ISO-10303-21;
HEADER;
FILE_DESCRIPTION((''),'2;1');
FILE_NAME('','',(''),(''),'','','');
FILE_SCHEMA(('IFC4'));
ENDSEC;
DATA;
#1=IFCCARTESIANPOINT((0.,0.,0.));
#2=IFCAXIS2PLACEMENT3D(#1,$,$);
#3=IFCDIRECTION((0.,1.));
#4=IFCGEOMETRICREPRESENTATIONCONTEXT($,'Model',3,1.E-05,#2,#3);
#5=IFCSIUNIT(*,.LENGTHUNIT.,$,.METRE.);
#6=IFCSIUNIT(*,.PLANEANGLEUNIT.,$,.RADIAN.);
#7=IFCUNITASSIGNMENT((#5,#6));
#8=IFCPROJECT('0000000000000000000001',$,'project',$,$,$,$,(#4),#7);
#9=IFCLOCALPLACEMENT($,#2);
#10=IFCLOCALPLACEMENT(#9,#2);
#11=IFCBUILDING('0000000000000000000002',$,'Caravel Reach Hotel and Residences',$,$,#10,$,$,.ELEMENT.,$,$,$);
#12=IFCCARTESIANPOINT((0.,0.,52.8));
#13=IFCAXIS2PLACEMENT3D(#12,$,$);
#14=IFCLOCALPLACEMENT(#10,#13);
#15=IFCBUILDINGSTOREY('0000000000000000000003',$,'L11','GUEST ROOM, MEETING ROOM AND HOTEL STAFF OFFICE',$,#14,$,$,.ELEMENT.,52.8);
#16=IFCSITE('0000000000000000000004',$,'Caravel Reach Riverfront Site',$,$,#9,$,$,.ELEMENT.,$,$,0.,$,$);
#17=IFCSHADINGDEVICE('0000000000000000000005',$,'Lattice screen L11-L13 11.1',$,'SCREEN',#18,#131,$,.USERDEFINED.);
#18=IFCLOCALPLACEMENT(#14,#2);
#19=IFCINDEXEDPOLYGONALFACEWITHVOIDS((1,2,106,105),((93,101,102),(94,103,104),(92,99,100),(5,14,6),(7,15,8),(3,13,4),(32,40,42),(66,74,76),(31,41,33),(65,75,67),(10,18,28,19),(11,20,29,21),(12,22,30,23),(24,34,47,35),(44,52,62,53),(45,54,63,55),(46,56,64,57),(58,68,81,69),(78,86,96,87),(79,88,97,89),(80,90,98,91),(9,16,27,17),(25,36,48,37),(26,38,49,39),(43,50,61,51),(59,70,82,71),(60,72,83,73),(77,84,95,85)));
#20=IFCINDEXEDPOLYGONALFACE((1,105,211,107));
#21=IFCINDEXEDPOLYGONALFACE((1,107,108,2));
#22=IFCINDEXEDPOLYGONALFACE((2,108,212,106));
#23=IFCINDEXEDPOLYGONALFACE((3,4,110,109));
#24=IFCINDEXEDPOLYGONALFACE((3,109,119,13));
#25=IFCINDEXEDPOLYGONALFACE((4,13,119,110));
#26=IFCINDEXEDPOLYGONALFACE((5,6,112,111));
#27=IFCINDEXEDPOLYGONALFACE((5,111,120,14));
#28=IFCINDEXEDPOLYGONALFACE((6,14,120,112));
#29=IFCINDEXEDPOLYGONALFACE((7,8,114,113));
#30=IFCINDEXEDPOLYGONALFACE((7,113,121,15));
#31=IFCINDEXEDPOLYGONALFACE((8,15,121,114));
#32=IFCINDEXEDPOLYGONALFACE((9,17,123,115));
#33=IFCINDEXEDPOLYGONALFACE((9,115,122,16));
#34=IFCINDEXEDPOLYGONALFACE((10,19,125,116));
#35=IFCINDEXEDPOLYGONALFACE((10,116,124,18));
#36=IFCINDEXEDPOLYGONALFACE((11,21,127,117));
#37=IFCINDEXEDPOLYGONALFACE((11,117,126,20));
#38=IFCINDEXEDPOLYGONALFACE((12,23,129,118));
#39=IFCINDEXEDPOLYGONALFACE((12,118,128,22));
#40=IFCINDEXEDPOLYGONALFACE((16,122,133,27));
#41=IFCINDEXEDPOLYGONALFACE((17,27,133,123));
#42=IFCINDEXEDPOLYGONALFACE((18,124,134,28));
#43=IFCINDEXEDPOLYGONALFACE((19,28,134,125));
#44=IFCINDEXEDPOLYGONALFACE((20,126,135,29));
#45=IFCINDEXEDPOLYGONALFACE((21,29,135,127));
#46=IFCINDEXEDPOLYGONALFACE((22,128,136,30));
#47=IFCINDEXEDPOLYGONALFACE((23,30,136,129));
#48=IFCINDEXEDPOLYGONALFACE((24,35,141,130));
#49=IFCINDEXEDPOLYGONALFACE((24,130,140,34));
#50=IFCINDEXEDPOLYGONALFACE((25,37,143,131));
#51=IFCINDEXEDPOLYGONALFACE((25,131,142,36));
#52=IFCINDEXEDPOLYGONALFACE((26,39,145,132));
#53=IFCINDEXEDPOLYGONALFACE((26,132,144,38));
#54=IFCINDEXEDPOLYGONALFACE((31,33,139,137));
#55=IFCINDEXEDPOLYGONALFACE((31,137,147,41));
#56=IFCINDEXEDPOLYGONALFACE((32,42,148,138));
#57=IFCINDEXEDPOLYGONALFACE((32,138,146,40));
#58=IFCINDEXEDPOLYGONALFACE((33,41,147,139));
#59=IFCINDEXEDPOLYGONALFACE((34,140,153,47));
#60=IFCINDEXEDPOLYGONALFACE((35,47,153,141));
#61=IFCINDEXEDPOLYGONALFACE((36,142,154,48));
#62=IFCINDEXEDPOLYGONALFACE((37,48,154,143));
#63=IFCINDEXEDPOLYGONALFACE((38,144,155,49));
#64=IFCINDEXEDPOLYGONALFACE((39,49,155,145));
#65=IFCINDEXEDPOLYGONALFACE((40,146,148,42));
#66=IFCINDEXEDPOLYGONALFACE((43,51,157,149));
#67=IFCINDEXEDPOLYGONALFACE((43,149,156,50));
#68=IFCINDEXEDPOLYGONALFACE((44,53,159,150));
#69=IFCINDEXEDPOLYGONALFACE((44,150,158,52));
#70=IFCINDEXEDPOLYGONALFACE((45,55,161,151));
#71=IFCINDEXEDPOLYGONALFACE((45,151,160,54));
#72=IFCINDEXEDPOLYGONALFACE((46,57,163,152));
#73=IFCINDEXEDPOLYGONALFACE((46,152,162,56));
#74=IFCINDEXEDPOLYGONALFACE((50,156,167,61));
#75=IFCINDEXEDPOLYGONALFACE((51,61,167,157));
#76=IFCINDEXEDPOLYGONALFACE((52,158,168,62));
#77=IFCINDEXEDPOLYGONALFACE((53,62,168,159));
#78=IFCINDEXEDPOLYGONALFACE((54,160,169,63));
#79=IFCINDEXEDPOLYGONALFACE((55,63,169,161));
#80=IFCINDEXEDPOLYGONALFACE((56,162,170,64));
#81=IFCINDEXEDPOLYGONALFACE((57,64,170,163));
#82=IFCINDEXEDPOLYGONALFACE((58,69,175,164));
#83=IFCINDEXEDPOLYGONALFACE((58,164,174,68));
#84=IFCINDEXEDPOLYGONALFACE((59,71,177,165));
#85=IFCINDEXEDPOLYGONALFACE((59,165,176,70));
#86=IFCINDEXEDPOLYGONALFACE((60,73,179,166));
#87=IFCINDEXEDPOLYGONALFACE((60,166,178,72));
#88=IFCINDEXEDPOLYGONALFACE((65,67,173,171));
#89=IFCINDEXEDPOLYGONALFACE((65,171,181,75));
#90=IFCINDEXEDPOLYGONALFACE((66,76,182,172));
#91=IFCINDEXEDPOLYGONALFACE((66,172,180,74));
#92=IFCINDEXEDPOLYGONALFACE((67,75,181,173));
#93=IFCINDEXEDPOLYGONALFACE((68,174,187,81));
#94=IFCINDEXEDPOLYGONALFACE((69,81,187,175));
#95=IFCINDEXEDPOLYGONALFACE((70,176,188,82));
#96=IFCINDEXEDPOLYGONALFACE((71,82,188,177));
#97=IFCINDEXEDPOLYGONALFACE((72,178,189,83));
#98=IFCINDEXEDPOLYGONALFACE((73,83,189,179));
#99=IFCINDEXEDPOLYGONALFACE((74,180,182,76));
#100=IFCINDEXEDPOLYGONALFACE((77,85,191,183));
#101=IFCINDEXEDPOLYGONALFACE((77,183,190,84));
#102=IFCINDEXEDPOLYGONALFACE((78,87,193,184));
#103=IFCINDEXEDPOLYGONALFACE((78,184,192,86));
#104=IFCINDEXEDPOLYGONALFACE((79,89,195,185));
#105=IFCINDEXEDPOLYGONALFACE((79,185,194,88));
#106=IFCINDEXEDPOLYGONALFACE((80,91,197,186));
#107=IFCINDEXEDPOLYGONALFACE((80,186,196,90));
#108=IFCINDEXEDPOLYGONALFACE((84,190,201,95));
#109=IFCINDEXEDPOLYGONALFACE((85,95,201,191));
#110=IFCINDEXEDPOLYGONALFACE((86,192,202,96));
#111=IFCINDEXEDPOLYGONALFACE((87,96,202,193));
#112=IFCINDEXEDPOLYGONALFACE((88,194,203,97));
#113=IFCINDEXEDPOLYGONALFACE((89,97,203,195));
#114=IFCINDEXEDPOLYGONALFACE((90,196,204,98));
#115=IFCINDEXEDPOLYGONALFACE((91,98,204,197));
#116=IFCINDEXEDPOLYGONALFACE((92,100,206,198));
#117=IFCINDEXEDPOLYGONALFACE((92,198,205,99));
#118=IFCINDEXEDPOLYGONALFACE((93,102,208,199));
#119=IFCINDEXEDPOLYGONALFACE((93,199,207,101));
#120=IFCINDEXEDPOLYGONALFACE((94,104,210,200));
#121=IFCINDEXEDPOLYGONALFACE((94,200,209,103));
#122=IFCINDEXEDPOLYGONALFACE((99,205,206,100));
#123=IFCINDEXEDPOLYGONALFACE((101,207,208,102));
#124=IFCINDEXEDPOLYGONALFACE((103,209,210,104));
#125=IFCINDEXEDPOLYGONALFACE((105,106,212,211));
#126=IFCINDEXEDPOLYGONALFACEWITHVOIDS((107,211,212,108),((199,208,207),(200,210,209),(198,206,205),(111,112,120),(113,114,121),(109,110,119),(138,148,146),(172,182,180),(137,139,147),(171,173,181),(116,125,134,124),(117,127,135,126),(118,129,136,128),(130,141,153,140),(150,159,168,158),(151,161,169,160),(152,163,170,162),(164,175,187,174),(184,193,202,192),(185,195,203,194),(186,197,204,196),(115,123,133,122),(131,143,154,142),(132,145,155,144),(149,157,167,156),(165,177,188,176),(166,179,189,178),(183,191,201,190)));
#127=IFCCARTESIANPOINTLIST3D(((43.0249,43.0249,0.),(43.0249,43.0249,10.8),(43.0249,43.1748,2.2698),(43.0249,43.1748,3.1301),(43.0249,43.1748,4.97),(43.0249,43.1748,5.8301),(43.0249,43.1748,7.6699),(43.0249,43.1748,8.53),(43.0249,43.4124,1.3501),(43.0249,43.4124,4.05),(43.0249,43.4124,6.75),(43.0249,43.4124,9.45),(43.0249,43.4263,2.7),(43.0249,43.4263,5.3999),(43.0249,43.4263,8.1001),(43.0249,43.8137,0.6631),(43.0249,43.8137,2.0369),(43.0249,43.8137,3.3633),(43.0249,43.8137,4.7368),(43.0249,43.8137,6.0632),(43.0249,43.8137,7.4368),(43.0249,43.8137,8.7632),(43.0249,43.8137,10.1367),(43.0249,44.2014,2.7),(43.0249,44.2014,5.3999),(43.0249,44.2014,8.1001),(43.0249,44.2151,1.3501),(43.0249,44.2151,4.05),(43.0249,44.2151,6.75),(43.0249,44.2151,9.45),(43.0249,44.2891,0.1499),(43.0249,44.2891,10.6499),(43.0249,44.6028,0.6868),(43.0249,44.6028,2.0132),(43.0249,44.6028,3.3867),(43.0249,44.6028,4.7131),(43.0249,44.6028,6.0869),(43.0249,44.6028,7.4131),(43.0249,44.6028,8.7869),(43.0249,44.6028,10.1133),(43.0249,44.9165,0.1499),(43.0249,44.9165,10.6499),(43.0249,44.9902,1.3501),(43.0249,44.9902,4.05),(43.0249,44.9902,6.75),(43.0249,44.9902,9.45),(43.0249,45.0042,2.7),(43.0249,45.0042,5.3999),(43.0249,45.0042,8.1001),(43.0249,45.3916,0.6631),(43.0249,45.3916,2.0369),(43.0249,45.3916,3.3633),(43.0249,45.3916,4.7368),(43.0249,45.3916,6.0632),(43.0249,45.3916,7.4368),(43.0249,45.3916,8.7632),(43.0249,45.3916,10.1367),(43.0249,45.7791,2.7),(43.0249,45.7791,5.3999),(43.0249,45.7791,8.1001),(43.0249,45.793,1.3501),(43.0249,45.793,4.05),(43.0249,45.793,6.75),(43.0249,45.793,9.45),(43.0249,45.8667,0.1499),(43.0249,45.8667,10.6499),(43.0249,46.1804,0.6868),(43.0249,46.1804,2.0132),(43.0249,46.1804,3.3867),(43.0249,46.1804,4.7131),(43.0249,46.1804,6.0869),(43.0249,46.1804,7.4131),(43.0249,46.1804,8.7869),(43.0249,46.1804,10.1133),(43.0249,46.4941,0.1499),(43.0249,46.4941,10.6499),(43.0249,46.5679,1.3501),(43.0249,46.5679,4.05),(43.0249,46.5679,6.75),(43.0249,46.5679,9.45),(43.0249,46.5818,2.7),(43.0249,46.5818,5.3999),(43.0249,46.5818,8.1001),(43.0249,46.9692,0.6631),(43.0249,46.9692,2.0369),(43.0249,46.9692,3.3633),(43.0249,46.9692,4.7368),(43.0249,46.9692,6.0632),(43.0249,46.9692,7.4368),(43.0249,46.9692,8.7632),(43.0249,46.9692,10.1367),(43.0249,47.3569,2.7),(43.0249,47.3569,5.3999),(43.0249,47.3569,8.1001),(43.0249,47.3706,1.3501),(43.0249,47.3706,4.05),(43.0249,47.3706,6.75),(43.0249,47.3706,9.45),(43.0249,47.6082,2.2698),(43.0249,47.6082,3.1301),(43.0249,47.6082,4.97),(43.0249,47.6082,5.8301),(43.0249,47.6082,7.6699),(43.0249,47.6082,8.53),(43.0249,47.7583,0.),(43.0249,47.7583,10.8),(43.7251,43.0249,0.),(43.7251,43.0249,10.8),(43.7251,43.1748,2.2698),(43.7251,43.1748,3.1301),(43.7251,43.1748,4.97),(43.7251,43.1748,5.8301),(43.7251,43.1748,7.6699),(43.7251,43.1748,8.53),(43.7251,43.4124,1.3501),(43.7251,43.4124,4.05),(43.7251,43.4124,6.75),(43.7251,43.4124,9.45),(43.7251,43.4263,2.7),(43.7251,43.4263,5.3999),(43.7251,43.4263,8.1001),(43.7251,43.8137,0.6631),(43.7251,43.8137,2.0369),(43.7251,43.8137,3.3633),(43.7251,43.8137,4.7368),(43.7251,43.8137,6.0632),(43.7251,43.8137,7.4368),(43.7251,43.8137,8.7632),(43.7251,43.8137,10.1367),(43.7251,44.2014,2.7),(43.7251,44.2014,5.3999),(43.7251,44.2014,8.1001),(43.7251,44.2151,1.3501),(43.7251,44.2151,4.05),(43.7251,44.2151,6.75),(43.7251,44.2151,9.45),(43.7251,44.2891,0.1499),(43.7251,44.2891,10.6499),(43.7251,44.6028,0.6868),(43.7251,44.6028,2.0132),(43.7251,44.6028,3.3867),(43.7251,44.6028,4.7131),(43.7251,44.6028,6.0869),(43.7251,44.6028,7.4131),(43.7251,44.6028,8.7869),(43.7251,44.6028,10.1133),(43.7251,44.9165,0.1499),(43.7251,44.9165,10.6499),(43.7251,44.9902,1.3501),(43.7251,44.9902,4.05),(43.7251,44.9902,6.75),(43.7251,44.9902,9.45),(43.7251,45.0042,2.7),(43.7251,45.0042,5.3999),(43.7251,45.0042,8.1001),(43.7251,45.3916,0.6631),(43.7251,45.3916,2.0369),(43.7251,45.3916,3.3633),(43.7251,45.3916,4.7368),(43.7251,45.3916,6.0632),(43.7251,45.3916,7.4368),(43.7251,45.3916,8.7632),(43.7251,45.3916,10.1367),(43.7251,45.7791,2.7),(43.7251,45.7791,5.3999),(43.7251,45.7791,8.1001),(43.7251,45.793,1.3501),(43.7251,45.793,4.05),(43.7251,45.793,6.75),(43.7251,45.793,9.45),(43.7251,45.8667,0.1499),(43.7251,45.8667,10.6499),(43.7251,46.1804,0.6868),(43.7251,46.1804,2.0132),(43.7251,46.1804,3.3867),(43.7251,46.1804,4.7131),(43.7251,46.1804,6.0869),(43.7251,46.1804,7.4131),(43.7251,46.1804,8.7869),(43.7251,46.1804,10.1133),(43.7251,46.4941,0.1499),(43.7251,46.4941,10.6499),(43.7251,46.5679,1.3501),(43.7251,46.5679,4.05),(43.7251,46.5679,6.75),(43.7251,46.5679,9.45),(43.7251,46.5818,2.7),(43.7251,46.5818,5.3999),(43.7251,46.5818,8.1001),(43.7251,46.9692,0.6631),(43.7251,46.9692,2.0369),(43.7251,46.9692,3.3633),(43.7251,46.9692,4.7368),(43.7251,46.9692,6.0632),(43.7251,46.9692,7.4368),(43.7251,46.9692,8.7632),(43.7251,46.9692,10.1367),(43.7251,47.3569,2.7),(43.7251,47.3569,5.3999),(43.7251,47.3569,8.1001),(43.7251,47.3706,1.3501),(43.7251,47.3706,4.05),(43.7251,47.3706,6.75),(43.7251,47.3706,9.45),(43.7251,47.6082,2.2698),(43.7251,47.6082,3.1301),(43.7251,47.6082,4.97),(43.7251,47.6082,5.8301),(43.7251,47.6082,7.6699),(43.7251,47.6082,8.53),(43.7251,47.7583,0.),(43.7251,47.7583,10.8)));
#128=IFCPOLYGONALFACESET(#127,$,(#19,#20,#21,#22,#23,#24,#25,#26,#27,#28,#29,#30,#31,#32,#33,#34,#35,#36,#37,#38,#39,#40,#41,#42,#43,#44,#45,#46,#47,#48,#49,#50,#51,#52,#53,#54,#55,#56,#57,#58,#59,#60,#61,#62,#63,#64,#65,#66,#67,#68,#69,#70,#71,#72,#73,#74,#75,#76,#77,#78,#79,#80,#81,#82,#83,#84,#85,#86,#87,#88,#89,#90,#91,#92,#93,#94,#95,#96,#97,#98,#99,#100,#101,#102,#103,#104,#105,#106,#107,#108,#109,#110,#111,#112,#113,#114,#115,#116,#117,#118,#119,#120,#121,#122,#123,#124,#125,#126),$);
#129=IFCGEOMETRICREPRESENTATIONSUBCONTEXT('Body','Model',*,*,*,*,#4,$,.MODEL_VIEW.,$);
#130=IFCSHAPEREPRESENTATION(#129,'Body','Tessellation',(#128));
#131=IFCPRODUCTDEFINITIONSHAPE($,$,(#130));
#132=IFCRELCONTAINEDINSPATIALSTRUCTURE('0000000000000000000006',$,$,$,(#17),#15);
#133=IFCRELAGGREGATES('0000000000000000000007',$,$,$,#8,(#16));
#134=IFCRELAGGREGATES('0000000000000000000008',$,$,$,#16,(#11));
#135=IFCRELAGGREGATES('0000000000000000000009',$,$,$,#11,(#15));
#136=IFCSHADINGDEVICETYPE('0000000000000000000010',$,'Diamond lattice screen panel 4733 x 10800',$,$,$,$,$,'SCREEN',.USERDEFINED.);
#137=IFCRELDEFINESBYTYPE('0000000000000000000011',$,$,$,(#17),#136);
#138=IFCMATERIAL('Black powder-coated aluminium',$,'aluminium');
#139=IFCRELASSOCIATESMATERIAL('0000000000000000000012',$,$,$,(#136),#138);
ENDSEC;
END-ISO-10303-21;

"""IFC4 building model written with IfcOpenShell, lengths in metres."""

from ifc_helpers import new_model, si_unit, direction, frame, origin, place, context, subcontext, project, spatial, polyline, outline, extrude, material, type_object, element, save


model = new_model("IFC4")

# Units and contexts
model_context = context("Model", 3, precision=1e-05, world=origin(), true_north=direction((0.0, 1.0)))
body_context = subcontext(model_context, "Body", "Model", "MODEL_VIEW")
ifc_project = project(units=[si_unit("LENGTHUNIT", "METRE"), si_unit("PLANEANGLEUNIT", "RADIAN")], contexts=[model_context])

# Site, building, storey
site_placement = place(None, origin())
site = spatial("IfcSite", under=ifc_project, at=site_placement, Name="Caravel Reach Riverfront Site", CompositionType="ELEMENT", RefElevation=0.0)
building_placement = place(site_placement, origin())
building = spatial("IfcBuilding", under=site, at=building_placement, Name="Caravel Reach Hotel and Residences", CompositionType="ELEMENT")
storey_placement = place(building_placement, frame((0.0, 0.0, 52.8)))
storey = spatial("IfcBuildingStorey", under=building, at=storey_placement, Name="L11", Description="GUEST ROOM, MEETING ROOM AND HOTEL STAFF OFFICE", CompositionType="ELEMENT", Elevation=52.8)

# Shading device
ifc_material_1 = material(Name="Black powder-coated aluminium", Category="aluminium")
shading_device_type = type_object("IfcShadingDeviceType", Name="Diamond lattice screen panel 4733 x 10800", ElementType="SCREEN", PredefinedType="USERDEFINED", material=ifc_material_1)
shading_device_1_placement = place(storey_placement, frame((43.0249, 43.0249, 0.0), z_axis=(1.0, 0.0, 0.0), x_axis=(0.0, 1.0, 0.0)))
element("IfcShadingDevice", 1, at=shading_device_1_placement, inside=storey, type_object=shading_device_type, Name="Lattice screen L11-L13 11.1", ObjectType="SCREEN", PredefinedType="USERDEFINED", context=body_context, shape_type="SweptSolid", body=[
    extrude(outline(polyline([(0.0, 0.0), (4.7334, 0.0), (4.7334, 10.8), (0.0, 10.8), (0.0, 0.0)]), holes=[polyline([(0.4014, 2.7), (0.1499, 3.1301), (0.1499, 2.2698), (0.4014, 2.7)]), polyline([(0.4014, 5.3999), (0.1499, 5.8301), (0.1499, 4.97), (0.4014, 5.3999)]), polyline([(0.4014, 8.1001), (0.1499, 8.53), (0.1499, 7.6699), (0.4014, 8.1001)]), polyline([(0.7888, 2.0369), (0.3875, 1.3501), (0.7888, 0.6631), (1.1902, 1.3501), (0.7888, 2.0369)]), polyline([(0.7888, 4.7368), (0.3875, 4.05), (0.7888, 3.3633), (1.1902, 4.05), (0.7888, 4.7368)]), polyline([(0.7888, 7.4368), (0.3875, 6.75), (0.7888, 6.0632), (1.1902, 6.75), (0.7888, 7.4368)]), polyline([(0.7888, 10.1367), (0.3875, 9.45), (0.7888, 8.7632), (1.1902, 9.45), (0.7888, 10.1367)]), polyline([(1.5779, 0.6868), (1.2642, 0.1499), (1.8916, 0.1499), (1.5779, 0.6868)]), polyline([(1.5779, 3.3867), (1.1765, 2.7), (1.5779, 2.0132), (1.9792, 2.7), (1.5779, 3.3867)]), polyline([(1.5779, 6.0869), (1.1765, 5.3999), (1.5779, 4.7131), (1.9792, 5.3999), (1.5779, 6.0869)]), polyline([(1.5779, 8.7869), (1.1765, 8.1001), (1.5779, 7.4131), (1.9792, 8.1001), (1.5779, 8.7869)]), polyline([(1.5779, 10.1133), (1.8916, 10.6499), (1.2642, 10.6499), (1.5779, 10.1133)]), polyline([(2.3667, 2.0369), (1.9653, 1.3501), (2.3667, 0.6631), (2.7681, 1.3501), (2.3667, 2.0369)]), polyline([(2.3667, 4.7368), (1.9653, 4.05), (2.3667, 3.3633), (2.7681, 4.05), (2.3667, 4.7368)]), polyline([(2.3667, 7.4368), (1.9653, 6.75), (2.3667, 6.0632), (2.7681, 6.75), (2.3667, 7.4368)]), polyline([(2.3667, 10.1367), (1.9653, 9.45), (2.3667, 8.7632), (2.7681, 9.45), (2.3667, 10.1367)]), polyline([(3.1555, 0.6868), (2.8418, 0.1499), (3.4692, 0.1499), (3.1555, 0.6868)]), polyline([(3.1555, 3.3867), (2.7542, 2.7), (3.1555, 2.0132), (3.5569, 2.7), (3.1555, 3.3867)]), polyline([(3.1555, 6.0869), (2.7542, 5.3999), (3.1555, 4.7131), (3.5569, 5.3999), (3.1555, 6.0869)]), polyline([(3.1555, 8.7869), (2.7542, 8.1001), (3.1555, 7.4131), (3.5569, 8.1001), (3.1555, 8.7869)]), polyline([(3.1555, 10.1133), (3.4692, 10.6499), (2.8418, 10.6499), (3.1555, 10.1133)]), polyline([(3.9443, 2.0369), (3.543, 1.3501), (3.9443, 0.6631), (4.3457, 1.3501), (3.9443, 2.0369)]), polyline([(3.9443, 4.7368), (3.543, 4.05), (3.9443, 3.3633), (4.3457, 4.05), (3.9443, 4.7368)]), polyline([(3.9443, 7.4368), (3.543, 6.75), (3.9443, 6.0632), (4.3457, 6.75), (3.9443, 7.4368)]), polyline([(3.9443, 10.1367), (3.543, 9.45), (3.9443, 8.7632), (4.3457, 9.45), (3.9443, 10.1367)]), polyline([(4.332, 2.7), (4.5833, 2.2698), (4.5833, 3.1301), (4.332, 2.7)]), polyline([(4.332, 5.3999), (4.5833, 4.97), (4.5833, 5.8301), (4.332, 5.3999)]), polyline([(4.332, 8.1001), (4.5833, 7.6699), (4.5833, 8.53), (4.332, 8.1001)])]), origin(), (0.0, 0.0, 1.0), 0.7002),
])

save(model, "model.ifc")
